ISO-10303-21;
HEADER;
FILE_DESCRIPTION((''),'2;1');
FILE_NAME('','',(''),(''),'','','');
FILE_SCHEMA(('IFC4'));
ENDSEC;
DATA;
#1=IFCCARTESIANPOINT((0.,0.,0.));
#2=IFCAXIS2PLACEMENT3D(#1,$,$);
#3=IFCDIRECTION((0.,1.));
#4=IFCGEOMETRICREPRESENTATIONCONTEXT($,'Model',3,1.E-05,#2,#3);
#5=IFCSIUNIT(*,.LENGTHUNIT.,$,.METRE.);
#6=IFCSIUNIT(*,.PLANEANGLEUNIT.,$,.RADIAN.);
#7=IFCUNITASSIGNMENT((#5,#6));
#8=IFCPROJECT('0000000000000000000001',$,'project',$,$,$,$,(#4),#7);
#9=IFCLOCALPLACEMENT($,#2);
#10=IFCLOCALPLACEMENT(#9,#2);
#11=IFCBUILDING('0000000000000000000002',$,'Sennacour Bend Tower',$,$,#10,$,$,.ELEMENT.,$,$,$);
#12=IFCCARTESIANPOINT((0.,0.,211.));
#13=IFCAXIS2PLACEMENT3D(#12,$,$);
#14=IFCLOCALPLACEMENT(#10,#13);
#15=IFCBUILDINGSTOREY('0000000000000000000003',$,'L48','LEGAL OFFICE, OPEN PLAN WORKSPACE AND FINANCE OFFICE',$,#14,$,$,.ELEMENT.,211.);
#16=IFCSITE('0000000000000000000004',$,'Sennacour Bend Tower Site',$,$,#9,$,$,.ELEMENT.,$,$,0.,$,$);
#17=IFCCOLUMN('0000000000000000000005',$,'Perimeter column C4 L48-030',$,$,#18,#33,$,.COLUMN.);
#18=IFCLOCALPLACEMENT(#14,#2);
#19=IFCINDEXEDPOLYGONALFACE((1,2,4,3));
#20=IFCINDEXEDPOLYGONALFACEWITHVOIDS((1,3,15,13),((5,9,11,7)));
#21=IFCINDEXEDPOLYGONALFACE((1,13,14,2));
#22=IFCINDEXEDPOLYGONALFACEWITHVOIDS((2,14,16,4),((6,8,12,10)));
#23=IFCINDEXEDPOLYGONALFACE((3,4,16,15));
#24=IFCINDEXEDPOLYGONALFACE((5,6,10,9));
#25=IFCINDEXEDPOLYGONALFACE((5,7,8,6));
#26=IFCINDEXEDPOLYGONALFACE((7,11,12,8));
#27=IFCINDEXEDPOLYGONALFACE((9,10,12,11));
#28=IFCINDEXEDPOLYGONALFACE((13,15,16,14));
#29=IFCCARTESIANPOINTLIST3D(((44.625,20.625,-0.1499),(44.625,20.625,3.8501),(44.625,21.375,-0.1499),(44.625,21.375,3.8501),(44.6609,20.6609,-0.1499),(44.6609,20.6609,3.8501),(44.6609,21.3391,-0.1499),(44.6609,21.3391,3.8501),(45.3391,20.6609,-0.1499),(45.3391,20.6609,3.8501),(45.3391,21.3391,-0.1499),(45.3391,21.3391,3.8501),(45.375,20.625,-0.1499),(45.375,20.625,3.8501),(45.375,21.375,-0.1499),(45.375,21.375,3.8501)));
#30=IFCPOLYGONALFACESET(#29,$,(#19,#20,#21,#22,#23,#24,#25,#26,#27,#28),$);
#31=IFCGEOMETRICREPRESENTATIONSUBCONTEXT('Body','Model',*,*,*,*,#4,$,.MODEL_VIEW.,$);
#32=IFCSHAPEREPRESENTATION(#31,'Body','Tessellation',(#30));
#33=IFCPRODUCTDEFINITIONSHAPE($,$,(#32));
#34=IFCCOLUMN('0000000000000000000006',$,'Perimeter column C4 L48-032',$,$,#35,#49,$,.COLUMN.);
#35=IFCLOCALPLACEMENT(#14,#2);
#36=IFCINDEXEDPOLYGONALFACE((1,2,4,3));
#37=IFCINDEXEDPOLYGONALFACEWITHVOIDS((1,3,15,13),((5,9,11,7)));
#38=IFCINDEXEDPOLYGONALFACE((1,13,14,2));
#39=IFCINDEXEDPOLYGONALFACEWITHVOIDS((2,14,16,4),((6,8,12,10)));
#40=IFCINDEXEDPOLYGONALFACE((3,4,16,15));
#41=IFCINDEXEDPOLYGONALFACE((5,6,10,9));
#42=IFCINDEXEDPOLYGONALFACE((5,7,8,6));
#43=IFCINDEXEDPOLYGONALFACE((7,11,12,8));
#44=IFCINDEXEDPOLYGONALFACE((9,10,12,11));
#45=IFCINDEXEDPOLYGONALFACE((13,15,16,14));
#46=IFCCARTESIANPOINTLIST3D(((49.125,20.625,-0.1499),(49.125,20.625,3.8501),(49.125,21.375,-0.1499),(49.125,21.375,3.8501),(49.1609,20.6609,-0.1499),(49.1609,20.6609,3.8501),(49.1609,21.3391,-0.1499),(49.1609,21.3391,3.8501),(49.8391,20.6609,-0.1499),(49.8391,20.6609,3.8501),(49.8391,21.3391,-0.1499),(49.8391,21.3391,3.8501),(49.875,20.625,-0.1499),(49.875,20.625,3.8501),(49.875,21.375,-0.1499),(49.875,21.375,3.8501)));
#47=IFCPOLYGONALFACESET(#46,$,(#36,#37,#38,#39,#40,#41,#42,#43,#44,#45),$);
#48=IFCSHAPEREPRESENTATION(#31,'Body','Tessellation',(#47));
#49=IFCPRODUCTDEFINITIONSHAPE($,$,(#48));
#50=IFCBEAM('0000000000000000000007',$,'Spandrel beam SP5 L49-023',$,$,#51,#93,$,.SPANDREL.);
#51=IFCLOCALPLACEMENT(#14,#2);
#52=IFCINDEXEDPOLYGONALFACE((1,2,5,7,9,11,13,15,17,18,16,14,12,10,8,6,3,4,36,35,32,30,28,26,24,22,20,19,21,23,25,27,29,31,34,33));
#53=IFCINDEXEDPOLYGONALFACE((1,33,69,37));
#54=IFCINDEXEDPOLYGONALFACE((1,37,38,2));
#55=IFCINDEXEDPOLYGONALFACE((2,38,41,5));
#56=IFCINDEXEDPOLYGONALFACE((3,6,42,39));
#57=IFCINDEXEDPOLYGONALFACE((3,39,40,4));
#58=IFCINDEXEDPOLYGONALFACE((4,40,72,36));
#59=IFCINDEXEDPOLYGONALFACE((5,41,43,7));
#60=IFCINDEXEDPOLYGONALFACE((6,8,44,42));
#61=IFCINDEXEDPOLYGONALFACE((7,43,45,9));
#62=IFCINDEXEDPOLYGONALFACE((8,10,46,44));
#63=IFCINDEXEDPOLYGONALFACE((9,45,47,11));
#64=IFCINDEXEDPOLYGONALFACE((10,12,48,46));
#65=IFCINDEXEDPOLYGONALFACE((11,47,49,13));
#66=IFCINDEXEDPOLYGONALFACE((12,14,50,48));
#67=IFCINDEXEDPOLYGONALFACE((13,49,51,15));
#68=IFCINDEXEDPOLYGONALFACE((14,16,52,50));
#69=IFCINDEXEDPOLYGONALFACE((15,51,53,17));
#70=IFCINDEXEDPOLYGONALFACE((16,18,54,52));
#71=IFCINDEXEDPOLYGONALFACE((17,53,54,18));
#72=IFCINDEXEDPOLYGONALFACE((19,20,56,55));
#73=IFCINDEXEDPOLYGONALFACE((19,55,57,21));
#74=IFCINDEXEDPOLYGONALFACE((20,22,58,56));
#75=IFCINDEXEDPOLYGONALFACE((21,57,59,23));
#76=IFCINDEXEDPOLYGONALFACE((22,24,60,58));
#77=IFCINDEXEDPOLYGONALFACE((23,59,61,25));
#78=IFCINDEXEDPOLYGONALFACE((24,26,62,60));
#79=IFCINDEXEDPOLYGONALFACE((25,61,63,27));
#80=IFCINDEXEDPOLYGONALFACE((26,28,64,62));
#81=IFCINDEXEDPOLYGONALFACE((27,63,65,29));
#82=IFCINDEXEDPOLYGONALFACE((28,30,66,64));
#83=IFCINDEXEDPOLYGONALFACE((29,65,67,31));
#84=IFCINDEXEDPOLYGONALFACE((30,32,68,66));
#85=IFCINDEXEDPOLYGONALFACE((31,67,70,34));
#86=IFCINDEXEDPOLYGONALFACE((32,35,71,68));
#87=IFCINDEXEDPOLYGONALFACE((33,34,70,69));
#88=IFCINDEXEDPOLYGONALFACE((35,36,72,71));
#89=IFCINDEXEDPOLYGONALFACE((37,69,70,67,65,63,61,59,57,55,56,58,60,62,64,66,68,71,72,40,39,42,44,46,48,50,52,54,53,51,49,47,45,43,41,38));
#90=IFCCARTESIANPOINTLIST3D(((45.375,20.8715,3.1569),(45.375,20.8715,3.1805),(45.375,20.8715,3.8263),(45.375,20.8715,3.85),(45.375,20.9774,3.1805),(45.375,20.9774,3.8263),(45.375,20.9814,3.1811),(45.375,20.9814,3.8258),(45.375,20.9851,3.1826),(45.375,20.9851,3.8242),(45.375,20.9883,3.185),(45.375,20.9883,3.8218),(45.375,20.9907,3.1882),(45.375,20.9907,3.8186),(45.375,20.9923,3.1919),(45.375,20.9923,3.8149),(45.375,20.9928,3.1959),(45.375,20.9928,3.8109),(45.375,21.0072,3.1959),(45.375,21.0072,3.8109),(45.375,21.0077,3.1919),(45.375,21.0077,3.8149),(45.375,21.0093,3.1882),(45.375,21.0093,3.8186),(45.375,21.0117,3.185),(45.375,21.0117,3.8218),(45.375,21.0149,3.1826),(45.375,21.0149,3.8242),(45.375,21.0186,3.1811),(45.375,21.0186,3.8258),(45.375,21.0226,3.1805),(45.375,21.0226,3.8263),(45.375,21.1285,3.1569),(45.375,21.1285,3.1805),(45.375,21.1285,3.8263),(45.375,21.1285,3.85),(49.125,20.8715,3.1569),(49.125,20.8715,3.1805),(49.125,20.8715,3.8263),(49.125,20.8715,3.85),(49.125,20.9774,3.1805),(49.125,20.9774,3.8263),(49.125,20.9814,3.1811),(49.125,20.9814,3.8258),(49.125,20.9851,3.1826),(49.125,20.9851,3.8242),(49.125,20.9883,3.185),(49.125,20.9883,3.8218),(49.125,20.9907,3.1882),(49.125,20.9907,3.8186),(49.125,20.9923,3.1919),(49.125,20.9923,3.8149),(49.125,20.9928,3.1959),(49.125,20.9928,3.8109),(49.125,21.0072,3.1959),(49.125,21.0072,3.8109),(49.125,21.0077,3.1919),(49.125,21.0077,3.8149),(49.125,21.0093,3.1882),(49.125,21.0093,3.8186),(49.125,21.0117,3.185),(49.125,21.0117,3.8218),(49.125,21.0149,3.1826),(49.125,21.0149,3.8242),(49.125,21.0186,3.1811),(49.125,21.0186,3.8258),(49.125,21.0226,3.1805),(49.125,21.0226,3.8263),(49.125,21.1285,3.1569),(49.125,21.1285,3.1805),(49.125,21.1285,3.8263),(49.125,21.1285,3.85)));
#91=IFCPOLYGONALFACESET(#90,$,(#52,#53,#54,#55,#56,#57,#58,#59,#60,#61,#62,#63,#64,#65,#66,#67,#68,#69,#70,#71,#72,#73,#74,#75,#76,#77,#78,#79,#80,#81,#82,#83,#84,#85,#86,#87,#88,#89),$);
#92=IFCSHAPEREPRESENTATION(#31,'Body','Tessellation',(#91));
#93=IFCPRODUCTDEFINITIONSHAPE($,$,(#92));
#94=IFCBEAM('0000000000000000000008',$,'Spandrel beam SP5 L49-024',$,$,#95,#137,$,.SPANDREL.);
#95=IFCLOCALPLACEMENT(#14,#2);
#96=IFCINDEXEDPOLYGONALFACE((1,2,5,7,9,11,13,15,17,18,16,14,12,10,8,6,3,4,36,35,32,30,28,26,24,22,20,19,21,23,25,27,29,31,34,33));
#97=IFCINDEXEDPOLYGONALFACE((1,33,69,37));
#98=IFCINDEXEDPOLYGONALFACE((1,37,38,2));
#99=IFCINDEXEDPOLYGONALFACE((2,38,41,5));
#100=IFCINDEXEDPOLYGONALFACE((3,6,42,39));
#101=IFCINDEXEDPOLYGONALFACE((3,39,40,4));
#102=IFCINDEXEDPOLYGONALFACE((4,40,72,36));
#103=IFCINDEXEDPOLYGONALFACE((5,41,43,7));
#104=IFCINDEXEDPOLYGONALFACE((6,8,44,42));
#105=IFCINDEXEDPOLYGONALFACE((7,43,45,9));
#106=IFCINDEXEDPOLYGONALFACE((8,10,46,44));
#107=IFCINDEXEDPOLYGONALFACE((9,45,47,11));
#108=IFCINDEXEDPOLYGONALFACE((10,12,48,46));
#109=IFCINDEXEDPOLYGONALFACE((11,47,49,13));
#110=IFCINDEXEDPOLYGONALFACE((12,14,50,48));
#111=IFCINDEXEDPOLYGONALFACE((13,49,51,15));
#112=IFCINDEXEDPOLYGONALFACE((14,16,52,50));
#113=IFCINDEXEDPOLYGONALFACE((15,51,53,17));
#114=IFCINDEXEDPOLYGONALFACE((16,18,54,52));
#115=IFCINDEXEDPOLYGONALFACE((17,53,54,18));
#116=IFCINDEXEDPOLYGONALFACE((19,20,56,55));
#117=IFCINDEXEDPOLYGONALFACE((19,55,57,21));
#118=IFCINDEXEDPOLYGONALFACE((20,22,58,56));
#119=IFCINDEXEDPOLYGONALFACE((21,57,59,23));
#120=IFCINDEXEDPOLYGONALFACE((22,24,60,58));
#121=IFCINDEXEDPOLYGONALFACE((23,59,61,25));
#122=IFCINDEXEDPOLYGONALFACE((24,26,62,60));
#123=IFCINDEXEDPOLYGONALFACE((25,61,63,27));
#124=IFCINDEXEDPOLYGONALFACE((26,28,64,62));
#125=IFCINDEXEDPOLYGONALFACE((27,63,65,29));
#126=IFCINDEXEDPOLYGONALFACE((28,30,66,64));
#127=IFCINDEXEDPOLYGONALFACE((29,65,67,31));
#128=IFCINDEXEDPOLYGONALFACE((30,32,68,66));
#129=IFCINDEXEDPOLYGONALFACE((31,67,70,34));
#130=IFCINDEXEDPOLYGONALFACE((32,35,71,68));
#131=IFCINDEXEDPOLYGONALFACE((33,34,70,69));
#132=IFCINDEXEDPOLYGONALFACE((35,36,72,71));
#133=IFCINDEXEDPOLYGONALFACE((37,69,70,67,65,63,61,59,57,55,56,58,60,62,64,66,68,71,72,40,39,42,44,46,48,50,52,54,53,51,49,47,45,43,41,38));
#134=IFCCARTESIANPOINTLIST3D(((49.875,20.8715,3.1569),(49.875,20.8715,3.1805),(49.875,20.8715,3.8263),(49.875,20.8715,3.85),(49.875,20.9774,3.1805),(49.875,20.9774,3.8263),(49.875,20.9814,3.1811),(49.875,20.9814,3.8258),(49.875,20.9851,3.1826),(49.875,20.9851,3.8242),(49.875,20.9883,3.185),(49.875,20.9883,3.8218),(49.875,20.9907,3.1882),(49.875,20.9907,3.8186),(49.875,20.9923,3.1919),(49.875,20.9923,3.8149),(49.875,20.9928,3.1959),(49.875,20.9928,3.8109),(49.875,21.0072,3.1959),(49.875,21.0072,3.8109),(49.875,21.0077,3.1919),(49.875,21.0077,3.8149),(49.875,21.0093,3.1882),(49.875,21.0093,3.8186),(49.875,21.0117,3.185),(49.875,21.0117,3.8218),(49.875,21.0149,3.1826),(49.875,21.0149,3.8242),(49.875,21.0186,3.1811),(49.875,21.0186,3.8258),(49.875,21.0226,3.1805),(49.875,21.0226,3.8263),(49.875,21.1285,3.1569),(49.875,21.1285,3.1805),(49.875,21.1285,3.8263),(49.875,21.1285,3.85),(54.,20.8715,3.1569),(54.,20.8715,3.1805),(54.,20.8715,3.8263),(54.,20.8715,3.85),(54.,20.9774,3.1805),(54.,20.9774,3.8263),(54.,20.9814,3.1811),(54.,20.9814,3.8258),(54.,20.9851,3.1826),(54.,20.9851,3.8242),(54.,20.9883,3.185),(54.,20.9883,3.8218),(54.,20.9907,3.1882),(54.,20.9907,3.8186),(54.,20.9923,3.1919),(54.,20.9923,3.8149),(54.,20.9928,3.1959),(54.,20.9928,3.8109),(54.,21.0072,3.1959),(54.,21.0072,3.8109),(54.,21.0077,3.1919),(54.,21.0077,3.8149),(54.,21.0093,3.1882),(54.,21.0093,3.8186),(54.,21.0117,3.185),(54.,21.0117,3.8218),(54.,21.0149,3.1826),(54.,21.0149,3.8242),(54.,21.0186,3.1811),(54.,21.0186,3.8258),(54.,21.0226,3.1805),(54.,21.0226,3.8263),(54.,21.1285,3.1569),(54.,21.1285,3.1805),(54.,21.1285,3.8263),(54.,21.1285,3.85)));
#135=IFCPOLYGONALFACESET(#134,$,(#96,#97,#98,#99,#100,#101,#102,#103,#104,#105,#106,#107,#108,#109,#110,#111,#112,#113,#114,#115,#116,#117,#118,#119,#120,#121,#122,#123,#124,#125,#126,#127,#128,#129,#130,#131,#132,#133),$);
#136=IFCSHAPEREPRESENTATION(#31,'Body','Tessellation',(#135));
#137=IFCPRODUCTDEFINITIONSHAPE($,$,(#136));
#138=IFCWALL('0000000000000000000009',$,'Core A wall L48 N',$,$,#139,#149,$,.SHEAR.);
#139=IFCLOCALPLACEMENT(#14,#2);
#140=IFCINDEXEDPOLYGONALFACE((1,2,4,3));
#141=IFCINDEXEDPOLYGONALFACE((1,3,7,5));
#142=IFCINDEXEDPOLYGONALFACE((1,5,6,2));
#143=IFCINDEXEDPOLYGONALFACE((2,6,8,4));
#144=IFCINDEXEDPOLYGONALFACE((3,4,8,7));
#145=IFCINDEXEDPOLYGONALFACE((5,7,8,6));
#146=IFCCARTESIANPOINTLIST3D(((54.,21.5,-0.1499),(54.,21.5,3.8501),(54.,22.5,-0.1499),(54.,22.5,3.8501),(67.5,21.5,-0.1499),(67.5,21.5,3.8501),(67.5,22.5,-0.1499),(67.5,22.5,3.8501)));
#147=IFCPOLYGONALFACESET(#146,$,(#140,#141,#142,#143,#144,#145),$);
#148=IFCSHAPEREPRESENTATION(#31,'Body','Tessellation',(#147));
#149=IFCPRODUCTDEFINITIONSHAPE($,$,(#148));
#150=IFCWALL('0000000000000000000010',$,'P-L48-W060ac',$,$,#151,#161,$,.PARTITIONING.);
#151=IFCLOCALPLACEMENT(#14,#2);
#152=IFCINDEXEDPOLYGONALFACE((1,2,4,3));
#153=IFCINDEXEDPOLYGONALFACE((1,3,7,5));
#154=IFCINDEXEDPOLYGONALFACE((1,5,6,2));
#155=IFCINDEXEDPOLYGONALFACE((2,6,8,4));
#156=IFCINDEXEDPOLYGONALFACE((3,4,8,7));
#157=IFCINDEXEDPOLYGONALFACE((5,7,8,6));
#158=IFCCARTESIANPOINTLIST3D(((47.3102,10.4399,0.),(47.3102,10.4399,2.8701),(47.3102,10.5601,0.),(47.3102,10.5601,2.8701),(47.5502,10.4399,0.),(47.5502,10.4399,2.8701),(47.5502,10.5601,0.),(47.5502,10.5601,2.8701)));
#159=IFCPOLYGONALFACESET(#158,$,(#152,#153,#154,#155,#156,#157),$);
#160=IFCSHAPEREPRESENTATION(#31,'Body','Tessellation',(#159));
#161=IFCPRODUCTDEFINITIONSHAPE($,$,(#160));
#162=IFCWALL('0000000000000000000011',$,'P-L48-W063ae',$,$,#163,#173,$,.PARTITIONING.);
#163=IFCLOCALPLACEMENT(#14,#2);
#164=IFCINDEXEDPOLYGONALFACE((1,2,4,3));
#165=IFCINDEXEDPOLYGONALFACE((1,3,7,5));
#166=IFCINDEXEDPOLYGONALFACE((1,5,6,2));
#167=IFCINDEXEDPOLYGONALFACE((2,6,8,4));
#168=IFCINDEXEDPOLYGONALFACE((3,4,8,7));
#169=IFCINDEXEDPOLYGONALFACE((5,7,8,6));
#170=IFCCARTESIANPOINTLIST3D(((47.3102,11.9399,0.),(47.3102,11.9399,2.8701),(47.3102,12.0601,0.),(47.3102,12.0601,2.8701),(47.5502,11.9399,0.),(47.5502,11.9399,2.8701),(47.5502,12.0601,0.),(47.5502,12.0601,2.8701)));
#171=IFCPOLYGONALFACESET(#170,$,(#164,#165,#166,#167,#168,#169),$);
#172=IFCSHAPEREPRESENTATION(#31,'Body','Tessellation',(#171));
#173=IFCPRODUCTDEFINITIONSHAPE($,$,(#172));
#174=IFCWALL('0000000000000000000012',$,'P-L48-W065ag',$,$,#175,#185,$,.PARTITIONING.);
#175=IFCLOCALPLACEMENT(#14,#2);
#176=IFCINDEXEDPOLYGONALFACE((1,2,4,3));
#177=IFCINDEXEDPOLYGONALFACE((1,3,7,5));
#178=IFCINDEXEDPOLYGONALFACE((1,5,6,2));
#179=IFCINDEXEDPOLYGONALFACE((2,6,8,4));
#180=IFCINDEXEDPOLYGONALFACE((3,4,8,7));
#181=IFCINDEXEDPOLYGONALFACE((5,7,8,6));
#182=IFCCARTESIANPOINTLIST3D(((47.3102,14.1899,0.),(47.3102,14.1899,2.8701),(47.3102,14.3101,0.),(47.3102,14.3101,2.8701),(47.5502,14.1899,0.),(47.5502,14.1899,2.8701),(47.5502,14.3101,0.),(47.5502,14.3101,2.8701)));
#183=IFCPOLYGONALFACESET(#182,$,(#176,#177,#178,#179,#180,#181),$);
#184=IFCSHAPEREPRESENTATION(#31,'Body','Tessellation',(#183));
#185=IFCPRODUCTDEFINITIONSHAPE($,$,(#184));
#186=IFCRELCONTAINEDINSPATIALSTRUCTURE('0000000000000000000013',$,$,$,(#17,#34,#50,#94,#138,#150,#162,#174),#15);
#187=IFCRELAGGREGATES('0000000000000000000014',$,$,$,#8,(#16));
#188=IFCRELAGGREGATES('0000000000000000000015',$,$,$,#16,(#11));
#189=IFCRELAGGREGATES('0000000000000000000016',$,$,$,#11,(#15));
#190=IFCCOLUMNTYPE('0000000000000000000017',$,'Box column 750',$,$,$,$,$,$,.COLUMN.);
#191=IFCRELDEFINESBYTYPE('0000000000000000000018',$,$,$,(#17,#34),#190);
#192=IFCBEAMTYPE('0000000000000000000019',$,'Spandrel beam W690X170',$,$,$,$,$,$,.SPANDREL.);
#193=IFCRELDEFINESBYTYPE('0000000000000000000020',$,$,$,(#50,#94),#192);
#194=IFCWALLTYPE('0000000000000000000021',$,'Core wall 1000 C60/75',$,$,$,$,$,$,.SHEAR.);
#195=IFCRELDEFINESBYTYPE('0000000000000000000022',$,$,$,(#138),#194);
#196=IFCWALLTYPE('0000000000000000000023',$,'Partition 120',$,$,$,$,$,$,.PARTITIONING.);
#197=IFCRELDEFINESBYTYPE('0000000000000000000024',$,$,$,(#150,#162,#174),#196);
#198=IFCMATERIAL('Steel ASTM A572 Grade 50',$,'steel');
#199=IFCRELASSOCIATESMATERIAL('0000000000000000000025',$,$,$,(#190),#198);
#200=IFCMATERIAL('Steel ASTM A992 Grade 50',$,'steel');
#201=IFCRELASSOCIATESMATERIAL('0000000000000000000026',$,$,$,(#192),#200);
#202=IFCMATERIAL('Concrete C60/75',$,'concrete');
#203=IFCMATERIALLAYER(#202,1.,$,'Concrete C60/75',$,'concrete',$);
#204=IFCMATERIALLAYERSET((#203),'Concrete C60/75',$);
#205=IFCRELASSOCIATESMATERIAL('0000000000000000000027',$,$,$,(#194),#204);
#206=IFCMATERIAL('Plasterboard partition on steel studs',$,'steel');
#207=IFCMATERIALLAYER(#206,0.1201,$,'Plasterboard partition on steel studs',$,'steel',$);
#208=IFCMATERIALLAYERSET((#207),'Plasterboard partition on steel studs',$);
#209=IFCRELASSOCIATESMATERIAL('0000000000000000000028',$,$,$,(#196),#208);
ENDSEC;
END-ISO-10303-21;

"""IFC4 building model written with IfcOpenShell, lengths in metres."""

from ifc_helpers import new_model, si_unit, direction, frame, frame_2d, origin, origin_2d, place, context, subcontext, project, spatial, rectangle, hollow_rectangle, i_section, extrude, material, layer, layer_set, material_profile, profile_set, type_object, element, save


model = new_model("IFC4")

# Units and contexts
model_context = context("Model", 3, precision=1e-05, world=origin(), true_north=direction((0.0, 1.0)))
body_context = subcontext(model_context, "Body", "Model", "MODEL_VIEW")
ifc_project = project(units=[si_unit("LENGTHUNIT", "METRE"), si_unit("PLANEANGLEUNIT", "RADIAN")], contexts=[model_context])

# Site, building, storey
site_placement = place(None, origin())
site = spatial("IfcSite", under=ifc_project, at=site_placement, Name="Sennacour Bend Tower Site", CompositionType="ELEMENT", RefElevation=0.0)
building_placement = place(site_placement, origin())
building = spatial("IfcBuilding", under=site, at=building_placement, Name="Sennacour Bend Tower", CompositionType="ELEMENT")
storey_placement = place(building_placement, frame((0.0, 0.0, 211.0)))
storey = spatial("IfcBuildingStorey", under=building, at=storey_placement, Name="L48", Description="LEGAL OFFICE, OPEN PLAN WORKSPACE AND FINANCE OFFICE", CompositionType="ELEMENT", Elevation=211.0)

# Columns
ifc_material_1 = material(Name="Steel ASTM A572 Grade 50", Category="steel")
ifc_material_profile_1 = material_profile(ifc_material_1, hollow_rectangle(XDim=0.75, YDim=0.75, WallThickness=0.0359, at=origin_2d()), Name="Steel ASTM A572 Grade 50", Category="steel")
ifc_profile_set_1 = profile_set([ifc_material_profile_1], Name="Steel ASTM A572 Grade 50")
column_type = type_object("IfcColumnType", Name="Box column 750", PredefinedType="COLUMN", material=ifc_profile_set_1)
for number, where, z_axis, x_axis, name in (
    (1, (45.0, 21.0, -0.1499), (0.0, 0.0, 1.0), (1.0, 0.0, 0.0), "Perimeter column C4 L48-030"),
    (2, (49.5, 21.0, -0.1499), (0.0, 0.0, 1.0), (1.0, 0.0, 0.0), "Perimeter column C4 L48-032"),
):
    element("IfcColumn", number, at=place(storey_placement, frame(where, z_axis=z_axis, x_axis=x_axis)), inside=storey, type_object=column_type, Name=name, PredefinedType="COLUMN", context=body_context, shape_type="SweptSolid", body=[
        extrude(hollow_rectangle(XDim=0.75, YDim=0.75, WallThickness=0.0359, at=origin_2d()), origin(), (0.0, 0.0, 1.0), 4.0),
    ])

# Beams
ifc_material_2 = material(Name="Steel ASTM A992 Grade 50", Category="steel")
ifc_material_profile_2 = material_profile(ifc_material_2, i_section(OverallWidth=0.2571, OverallDepth=0.6931, WebThickness=0.0144, FlangeThickness=0.0237, FilletRadius=0.0154, at=origin_2d()), Name="Steel ASTM A992 Grade 50", Category="steel")
ifc_profile_set_2 = profile_set([ifc_material_profile_2], Name="Steel ASTM A992 Grade 50")
beam_type = type_object("IfcBeamType", Name="Spandrel beam W690X170", PredefinedType="SPANDREL", material=ifc_profile_set_2)
beam_1_placement = place(storey_placement, frame((45.375, 21.0, 3.5034), z_axis=(1.0, 0.0, 0.0), x_axis=(0.0, 1.0, 0.0)))
element("IfcBeam", 3, at=beam_1_placement, inside=storey, type_object=beam_type, Name="Spandrel beam SP5 L49-023", PredefinedType="SPANDREL", context=body_context, shape_type="SweptSolid", body=[
    extrude(i_section(OverallWidth=0.2571, OverallDepth=0.6931, WebThickness=0.0144, FlangeThickness=0.0237, FilletRadius=0.0154, at=origin_2d()), origin(), (0.0, 0.0, 1.0), 3.75),
])
beam_2_placement = place(storey_placement, frame((49.875, 21.0, 3.5034), z_axis=(1.0, 0.0, 0.0), x_axis=(0.0, 1.0, 0.0)))
element("IfcBeam", 4, at=beam_2_placement, inside=storey, type_object=beam_type, Name="Spandrel beam SP5 L49-024", PredefinedType="SPANDREL", context=body_context, shape_type="SweptSolid", body=[
    extrude(i_section(OverallWidth=0.2571, OverallDepth=0.6931, WebThickness=0.0144, FlangeThickness=0.0237, FilletRadius=0.0154, at=origin_2d()), origin(), (0.0, 0.0, 1.0), 4.125),
])

# Walls
ifc_material_3 = material(Name="Concrete C60/75", Category="concrete")
ifc_layer_1 = layer(ifc_material_3, 1.0, Name="Concrete C60/75", Category="concrete")
ifc_layer_set_1 = layer_set([ifc_layer_1], Name="Concrete C60/75")
wall_type_1 = type_object("IfcWallType", Name="Core wall 1000 C60/75", PredefinedType="SHEAR", material=ifc_layer_set_1)
wall_1_placement = place(storey_placement, frame((54.0, 22.0, -0.1499), z_axis=(0.0, 0.0, 1.0), x_axis=(1.0, 0.0, 0.0)))
element("IfcWall", 5, at=wall_1_placement, inside=storey, type_object=wall_type_1, Name="Core A wall L48 N", PredefinedType="SHEAR", context=body_context, shape_type="SweptSolid", body=[
    extrude(rectangle(XDim=13.5, YDim=1.0, at=frame_2d((6.75, 0.0))), origin(), (0.0, 0.0, 1.0), 4.0),
])
ifc_material_4 = material(Name="Plasterboard partition on steel studs", Category="steel")
ifc_layer_2 = layer(ifc_material_4, 0.1201, Name="Plasterboard partition on steel studs", Category="steel")
ifc_layer_set_2 = layer_set([ifc_layer_2], Name="Plasterboard partition on steel studs")
wall_type_2 = type_object("IfcWallType", Name="Partition 120", PredefinedType="PARTITIONING", material=ifc_layer_set_2)
for number, where, z_axis, x_axis, name in (
    (6, (47.3101, 10.5, 0.0), (0.0, 0.0, 1.0), (1.0, 0.0, 0.0), "P-L48-W060ac"),
    (7, (47.3101, 12.0, 0.0), (0.0, 0.0, 1.0), (1.0, 0.0, 0.0), "P-L48-W063ae"),
    (8, (47.3101, 14.25, 0.0), (0.0, 0.0, 1.0), (1.0, 0.0, 0.0), "P-L48-W065ag"),
):
    element("IfcWall", number, at=place(storey_placement, frame(where, z_axis=z_axis, x_axis=x_axis)), inside=storey, type_object=wall_type_2, Name=name, PredefinedType="PARTITIONING", context=body_context, shape_type="SweptSolid", body=[
        extrude(rectangle(XDim=0.24, YDim=0.1201, at=frame_2d((0.1201, 0.0))), origin(), (0.0, 0.0, 1.0), 2.8701),
    ])

save(model, "model.ifc")
